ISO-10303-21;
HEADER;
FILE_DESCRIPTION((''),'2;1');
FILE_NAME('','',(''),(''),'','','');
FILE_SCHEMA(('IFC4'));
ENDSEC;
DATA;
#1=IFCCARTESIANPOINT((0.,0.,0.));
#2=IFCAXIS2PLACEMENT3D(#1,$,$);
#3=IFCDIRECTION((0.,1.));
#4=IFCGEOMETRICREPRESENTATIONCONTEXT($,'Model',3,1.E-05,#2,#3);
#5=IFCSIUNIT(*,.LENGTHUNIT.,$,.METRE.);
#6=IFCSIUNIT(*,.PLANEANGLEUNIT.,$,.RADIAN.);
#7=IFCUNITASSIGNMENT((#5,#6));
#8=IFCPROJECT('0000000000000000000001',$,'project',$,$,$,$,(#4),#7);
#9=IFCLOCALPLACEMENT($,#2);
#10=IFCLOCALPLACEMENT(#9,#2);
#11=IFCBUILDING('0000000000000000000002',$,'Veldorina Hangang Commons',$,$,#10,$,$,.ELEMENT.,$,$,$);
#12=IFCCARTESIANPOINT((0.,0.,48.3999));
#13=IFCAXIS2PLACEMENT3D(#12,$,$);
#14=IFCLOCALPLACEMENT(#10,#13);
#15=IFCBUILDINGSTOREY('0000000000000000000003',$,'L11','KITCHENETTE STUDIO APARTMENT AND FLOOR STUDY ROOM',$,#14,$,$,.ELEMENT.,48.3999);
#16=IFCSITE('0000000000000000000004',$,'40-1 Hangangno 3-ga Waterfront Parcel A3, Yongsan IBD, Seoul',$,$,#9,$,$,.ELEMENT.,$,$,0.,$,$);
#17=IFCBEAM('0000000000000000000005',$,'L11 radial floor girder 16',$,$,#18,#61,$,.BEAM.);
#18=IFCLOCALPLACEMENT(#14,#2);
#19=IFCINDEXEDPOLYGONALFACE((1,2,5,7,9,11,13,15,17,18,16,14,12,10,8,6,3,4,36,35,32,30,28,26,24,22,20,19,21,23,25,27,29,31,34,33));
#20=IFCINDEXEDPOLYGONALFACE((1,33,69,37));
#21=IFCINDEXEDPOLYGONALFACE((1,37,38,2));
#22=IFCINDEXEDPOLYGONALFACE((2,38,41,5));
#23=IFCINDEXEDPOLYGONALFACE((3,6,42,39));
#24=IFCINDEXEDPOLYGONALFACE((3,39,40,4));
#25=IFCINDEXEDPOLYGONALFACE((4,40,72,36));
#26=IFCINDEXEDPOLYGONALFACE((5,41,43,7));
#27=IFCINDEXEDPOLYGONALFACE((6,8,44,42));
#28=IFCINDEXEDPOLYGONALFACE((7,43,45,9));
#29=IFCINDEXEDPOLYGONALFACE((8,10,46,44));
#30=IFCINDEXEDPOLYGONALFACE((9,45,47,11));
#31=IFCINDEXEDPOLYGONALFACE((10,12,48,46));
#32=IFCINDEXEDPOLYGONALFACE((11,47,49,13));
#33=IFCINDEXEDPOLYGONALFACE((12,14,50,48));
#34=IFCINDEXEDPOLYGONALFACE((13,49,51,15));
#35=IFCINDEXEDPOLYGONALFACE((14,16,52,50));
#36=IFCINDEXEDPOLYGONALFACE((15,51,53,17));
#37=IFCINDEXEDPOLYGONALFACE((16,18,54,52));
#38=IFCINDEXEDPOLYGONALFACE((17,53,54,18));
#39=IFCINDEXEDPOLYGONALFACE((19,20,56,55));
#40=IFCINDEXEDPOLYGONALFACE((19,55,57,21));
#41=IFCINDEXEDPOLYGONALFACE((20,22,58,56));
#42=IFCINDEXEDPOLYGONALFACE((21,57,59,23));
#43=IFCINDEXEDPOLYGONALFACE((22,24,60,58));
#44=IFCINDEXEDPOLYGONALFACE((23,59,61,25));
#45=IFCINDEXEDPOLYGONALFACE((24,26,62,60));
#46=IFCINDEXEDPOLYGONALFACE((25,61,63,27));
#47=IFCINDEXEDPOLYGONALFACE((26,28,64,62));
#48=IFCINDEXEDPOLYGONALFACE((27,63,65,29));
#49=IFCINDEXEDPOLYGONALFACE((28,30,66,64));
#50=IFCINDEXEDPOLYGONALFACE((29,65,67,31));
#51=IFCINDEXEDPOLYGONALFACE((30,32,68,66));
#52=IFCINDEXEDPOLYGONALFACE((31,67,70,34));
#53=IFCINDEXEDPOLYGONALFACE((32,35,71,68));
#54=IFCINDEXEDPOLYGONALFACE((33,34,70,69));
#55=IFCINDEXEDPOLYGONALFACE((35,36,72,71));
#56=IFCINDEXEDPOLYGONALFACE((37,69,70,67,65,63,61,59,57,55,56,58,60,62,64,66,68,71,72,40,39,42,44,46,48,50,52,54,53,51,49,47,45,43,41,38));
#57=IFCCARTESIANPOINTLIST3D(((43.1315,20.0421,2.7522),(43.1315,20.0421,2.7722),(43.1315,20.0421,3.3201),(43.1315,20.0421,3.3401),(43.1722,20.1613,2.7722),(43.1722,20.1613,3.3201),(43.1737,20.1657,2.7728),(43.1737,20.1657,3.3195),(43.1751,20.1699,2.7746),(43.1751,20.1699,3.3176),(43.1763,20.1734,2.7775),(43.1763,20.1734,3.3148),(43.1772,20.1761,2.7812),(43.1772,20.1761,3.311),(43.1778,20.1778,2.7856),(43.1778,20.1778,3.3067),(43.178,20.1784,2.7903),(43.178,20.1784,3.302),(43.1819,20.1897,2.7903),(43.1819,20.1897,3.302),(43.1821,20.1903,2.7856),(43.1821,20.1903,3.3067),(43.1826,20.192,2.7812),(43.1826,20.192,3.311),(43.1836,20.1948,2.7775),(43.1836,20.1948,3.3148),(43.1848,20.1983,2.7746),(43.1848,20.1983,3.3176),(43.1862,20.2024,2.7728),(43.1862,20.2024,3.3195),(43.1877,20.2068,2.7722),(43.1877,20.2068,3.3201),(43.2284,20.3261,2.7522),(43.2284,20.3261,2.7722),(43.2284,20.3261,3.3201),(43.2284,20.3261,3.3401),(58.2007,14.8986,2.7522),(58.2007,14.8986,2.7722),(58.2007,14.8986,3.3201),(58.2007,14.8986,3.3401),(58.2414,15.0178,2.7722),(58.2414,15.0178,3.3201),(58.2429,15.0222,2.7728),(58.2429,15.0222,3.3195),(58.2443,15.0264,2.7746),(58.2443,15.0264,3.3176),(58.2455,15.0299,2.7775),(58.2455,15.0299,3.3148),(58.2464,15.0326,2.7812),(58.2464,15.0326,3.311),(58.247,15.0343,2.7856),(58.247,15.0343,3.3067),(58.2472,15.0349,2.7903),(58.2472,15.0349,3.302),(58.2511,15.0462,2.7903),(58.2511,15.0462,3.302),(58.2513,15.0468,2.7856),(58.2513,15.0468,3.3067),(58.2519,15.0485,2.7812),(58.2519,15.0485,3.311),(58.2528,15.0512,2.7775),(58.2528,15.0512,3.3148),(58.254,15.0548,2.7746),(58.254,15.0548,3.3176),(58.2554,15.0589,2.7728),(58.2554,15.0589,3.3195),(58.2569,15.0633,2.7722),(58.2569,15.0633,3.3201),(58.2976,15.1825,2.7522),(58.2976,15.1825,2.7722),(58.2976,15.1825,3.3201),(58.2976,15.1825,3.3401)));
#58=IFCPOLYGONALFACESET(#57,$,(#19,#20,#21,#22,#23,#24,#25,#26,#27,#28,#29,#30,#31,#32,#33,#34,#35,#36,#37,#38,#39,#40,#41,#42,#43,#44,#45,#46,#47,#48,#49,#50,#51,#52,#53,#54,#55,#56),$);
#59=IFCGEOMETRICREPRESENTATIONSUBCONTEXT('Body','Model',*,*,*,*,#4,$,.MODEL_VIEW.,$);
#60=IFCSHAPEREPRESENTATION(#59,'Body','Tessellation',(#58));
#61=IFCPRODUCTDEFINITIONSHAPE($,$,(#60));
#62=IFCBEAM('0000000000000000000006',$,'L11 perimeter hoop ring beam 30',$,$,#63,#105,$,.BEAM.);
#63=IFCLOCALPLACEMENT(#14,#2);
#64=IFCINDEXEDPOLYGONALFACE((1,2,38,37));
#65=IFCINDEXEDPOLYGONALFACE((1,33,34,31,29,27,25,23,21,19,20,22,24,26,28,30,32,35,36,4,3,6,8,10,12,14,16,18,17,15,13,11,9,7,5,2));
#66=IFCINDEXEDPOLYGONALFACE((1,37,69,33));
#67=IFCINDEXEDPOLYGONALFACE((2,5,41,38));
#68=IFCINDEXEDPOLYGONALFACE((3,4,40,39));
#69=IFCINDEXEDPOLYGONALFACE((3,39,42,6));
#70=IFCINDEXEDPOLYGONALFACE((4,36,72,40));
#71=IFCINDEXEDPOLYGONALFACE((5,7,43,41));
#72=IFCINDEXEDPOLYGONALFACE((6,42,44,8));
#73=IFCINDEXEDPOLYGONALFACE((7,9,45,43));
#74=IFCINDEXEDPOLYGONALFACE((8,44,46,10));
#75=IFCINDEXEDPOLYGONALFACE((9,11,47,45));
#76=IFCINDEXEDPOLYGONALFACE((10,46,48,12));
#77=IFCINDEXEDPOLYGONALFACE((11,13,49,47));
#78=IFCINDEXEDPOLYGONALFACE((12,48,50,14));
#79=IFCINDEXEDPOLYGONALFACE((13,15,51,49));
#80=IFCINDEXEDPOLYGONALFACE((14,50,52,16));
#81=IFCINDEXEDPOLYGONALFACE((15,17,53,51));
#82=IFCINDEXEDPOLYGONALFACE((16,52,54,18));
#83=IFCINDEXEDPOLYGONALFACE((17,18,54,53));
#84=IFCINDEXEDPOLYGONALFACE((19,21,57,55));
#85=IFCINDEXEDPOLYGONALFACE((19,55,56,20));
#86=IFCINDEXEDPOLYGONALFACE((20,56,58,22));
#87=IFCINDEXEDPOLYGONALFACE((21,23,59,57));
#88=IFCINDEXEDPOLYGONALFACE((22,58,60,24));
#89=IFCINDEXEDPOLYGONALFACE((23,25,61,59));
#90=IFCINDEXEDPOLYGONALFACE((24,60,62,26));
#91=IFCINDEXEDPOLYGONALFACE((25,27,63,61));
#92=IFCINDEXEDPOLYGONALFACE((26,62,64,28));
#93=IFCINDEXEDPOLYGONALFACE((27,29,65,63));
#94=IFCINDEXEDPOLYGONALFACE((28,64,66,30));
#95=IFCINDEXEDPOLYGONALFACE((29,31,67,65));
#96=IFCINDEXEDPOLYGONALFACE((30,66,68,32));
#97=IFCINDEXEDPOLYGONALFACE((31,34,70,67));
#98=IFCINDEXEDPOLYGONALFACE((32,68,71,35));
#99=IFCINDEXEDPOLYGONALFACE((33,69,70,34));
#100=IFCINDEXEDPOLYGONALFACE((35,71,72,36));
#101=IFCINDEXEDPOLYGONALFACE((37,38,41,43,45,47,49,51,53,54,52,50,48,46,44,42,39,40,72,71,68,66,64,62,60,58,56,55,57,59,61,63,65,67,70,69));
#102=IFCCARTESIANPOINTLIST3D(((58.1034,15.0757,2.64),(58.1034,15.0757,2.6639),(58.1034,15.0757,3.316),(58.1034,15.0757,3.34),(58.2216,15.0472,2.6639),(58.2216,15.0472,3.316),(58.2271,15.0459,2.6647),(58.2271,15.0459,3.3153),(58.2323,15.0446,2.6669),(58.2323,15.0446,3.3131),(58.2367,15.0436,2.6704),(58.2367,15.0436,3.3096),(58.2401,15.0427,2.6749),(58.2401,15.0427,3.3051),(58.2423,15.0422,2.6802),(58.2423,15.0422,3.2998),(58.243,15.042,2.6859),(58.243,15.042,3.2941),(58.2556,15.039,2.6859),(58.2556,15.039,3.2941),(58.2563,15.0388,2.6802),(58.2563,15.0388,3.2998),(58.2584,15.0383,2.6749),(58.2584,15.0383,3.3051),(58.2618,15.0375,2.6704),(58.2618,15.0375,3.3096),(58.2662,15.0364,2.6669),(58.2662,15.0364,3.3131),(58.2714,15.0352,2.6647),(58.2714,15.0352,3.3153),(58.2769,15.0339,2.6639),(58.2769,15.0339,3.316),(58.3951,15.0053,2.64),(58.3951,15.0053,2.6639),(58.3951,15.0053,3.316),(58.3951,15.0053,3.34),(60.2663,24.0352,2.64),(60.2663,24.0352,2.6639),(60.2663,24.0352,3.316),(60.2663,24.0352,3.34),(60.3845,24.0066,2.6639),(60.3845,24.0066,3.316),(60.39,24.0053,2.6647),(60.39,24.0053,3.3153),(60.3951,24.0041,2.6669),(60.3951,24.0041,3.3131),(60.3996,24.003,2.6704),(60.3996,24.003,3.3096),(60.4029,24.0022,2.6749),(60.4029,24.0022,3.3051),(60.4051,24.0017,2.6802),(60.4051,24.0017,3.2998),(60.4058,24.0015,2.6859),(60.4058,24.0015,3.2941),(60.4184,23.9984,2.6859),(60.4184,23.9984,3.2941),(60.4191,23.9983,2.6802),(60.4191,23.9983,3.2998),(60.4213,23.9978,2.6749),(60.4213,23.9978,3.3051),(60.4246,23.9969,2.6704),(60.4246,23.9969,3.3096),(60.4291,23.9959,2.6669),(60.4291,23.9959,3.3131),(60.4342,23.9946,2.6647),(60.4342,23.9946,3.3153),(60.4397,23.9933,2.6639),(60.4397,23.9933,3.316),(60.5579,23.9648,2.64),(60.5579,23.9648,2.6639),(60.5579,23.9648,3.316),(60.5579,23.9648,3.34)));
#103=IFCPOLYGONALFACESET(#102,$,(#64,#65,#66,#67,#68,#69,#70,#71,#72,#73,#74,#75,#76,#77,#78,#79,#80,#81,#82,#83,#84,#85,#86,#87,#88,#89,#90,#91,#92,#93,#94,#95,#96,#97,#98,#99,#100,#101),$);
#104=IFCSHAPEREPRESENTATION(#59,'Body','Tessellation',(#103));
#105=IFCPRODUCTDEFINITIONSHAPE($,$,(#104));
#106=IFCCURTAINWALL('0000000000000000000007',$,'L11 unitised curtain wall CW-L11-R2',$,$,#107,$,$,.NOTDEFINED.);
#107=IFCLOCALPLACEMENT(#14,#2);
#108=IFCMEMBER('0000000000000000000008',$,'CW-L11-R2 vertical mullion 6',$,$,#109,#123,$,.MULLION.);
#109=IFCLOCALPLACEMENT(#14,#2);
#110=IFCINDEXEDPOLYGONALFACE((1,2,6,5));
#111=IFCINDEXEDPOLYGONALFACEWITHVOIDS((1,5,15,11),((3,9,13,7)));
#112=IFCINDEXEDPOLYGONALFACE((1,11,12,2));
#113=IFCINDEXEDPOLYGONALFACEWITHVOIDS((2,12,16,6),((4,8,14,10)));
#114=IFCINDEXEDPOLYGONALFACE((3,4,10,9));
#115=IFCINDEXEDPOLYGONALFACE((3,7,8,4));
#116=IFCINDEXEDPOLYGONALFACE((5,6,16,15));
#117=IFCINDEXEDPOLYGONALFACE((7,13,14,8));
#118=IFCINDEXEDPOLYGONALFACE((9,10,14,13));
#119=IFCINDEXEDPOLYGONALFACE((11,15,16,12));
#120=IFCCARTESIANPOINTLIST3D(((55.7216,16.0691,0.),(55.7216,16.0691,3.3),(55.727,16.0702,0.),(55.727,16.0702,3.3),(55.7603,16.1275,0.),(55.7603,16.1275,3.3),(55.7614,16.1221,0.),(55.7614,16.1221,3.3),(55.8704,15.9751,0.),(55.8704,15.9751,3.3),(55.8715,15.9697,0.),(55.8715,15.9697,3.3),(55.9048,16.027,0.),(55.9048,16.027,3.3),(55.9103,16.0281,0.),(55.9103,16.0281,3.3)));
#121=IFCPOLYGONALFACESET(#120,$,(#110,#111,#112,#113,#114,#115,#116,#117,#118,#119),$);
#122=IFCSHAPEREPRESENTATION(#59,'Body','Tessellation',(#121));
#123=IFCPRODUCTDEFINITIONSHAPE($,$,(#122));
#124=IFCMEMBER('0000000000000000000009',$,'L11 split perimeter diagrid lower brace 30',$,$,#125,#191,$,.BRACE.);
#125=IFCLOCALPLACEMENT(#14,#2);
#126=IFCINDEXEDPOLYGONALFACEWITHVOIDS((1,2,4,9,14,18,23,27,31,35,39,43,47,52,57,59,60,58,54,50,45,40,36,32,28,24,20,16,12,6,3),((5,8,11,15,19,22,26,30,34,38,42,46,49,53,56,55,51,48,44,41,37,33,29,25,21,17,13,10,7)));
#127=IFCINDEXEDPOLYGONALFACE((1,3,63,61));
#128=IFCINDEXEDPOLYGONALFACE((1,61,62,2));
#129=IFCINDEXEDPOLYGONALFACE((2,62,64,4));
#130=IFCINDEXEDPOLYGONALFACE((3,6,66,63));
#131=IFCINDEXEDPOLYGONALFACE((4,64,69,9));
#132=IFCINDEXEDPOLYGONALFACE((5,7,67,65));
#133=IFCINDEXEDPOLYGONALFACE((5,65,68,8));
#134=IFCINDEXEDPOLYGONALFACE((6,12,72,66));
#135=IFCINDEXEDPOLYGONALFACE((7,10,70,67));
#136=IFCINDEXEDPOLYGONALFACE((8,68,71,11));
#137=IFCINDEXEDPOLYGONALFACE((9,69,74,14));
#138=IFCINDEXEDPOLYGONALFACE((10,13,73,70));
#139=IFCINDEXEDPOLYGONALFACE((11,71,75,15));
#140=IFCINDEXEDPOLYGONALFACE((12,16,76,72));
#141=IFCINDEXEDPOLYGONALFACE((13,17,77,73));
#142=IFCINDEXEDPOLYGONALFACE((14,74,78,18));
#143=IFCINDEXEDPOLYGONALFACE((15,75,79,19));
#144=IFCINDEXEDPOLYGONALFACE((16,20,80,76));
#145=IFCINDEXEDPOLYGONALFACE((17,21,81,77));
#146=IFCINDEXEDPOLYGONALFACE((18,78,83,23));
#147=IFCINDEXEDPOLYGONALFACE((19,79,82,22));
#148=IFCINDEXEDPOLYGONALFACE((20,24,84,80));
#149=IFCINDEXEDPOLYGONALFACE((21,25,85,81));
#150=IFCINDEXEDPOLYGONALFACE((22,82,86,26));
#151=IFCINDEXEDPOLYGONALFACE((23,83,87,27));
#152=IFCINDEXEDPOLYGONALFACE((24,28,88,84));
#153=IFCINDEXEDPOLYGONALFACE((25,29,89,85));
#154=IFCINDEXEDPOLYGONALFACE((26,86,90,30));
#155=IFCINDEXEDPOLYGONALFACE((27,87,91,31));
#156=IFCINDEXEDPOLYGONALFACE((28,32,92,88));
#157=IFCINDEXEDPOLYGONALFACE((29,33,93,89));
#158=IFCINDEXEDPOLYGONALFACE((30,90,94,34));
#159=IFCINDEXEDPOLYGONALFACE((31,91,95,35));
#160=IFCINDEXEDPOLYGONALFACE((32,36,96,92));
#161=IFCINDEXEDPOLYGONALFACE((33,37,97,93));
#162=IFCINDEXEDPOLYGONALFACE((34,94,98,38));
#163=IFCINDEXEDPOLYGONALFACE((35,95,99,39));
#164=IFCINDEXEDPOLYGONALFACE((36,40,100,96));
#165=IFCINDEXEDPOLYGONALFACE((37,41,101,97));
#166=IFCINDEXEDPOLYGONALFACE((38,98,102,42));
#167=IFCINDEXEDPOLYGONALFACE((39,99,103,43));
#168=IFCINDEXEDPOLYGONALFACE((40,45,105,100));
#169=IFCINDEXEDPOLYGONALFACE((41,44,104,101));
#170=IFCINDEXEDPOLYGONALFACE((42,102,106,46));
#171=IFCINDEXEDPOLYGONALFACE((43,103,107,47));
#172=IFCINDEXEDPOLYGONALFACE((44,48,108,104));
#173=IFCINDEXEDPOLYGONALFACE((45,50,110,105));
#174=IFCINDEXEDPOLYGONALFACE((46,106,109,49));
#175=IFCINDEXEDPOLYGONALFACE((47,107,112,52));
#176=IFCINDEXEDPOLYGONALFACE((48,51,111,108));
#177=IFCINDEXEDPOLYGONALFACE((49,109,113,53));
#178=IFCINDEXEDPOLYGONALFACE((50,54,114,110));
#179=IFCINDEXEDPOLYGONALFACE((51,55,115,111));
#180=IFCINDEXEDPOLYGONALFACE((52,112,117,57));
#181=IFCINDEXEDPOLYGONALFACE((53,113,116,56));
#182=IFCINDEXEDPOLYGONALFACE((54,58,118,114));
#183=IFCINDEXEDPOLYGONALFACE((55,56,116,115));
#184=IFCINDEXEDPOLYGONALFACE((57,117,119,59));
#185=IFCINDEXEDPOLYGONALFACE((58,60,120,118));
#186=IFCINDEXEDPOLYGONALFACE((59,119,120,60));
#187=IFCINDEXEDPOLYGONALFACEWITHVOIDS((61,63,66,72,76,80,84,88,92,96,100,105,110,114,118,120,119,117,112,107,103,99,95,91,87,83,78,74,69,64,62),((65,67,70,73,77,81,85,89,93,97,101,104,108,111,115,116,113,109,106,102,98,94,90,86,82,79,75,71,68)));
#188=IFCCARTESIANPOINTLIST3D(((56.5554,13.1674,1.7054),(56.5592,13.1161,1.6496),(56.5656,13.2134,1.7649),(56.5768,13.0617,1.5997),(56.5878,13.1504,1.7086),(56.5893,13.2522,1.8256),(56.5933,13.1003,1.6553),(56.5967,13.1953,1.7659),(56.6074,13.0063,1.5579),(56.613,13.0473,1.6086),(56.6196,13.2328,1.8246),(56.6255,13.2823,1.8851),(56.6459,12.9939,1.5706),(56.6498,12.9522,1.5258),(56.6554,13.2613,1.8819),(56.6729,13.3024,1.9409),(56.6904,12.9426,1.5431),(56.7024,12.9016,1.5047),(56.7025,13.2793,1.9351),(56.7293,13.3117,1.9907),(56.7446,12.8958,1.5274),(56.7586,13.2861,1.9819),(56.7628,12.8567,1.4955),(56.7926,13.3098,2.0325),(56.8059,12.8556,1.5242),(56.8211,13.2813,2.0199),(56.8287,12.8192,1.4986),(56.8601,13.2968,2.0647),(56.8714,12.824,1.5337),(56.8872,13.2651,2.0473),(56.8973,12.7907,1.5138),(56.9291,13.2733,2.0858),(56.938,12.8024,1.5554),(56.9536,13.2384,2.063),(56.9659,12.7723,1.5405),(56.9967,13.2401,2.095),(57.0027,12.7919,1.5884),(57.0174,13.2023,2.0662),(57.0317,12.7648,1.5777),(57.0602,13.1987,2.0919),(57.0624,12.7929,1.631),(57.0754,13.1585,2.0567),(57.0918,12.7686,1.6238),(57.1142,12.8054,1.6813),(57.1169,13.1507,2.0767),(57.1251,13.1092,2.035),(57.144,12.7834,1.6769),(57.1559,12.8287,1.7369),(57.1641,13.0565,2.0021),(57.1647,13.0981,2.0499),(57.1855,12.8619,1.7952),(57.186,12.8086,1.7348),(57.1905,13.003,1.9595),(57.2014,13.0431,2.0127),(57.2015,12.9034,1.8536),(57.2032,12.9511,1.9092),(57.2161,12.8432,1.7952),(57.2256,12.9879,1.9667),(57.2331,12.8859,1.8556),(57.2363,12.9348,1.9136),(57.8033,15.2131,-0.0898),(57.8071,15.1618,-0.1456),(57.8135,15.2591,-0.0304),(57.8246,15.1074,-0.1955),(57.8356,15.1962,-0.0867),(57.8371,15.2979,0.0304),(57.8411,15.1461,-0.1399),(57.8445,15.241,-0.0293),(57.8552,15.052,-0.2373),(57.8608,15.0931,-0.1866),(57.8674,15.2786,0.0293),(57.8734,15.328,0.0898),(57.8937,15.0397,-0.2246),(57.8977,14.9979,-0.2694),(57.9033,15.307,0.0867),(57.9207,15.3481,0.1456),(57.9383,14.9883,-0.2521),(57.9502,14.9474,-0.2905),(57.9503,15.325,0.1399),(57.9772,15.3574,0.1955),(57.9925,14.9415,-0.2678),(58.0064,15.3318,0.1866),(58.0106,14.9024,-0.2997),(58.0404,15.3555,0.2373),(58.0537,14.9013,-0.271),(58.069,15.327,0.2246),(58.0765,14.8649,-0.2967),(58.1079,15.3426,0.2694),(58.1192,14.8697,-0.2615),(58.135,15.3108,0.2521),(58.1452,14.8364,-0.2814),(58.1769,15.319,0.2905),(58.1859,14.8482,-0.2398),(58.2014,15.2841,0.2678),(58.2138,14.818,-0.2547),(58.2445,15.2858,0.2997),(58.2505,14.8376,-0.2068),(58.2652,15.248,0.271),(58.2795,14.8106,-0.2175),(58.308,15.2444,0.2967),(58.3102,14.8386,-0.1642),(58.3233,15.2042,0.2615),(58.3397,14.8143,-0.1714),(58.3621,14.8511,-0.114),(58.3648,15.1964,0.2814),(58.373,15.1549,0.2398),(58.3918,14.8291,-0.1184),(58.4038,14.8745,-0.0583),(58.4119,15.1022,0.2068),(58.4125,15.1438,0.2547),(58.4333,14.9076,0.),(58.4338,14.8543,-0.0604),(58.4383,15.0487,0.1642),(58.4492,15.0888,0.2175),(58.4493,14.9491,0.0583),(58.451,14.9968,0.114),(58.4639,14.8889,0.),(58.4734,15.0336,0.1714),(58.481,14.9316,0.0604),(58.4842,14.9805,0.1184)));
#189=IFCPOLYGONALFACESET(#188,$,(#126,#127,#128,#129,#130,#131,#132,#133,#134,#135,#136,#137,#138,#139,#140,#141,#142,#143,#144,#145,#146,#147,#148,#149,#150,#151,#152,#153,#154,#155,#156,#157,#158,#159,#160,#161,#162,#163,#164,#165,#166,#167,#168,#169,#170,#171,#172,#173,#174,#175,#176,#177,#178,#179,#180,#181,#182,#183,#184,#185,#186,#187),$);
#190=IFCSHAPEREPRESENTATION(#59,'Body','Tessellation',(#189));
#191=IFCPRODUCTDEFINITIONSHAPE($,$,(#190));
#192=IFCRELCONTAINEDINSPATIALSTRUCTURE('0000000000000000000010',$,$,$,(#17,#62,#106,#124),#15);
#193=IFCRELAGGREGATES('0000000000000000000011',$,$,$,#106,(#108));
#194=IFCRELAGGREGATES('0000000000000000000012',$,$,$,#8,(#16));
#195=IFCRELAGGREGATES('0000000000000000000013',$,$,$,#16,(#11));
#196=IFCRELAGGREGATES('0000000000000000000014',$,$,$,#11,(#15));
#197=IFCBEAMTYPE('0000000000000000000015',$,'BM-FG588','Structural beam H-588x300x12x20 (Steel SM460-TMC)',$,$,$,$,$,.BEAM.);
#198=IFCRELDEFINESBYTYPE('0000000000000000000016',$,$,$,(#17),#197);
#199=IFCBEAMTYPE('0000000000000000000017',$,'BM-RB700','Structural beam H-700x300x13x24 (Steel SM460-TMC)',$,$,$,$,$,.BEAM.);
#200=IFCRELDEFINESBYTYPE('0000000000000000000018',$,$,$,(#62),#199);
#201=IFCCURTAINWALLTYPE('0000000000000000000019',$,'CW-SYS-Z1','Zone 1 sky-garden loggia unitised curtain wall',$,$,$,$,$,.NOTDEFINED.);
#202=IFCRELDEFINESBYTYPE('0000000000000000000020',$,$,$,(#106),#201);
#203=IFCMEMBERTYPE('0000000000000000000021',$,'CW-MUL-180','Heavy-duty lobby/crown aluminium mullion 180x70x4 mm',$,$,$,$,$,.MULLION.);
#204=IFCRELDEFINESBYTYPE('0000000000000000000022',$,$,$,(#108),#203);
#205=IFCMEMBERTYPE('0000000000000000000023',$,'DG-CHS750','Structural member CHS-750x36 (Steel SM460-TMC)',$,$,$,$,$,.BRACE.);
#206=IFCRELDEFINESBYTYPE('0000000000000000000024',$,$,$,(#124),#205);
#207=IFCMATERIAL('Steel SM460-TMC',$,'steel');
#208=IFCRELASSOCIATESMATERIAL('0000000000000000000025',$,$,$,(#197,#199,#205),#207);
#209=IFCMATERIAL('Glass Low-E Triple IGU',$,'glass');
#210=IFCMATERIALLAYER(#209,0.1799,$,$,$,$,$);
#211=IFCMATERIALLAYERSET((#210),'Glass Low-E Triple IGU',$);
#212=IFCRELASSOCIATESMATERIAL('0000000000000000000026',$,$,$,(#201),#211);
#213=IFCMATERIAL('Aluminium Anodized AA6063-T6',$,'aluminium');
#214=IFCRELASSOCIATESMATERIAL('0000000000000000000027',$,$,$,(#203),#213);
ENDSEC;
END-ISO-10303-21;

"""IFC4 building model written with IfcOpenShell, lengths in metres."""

from ifc_helpers import new_model, si_unit, direction, frame, origin, origin_2d, place, context, subcontext, project, spatial, hollow_rectangle, hollow_circle, i_section, extrude, material, layer, layer_set, material_profile, profile_set, type_object, element, aggregate, save


model = new_model("IFC4")

# Units and contexts
model_context = context("Model", 3, precision=1e-05, world=origin(), true_north=direction((0.0, 1.0)))
body_context = subcontext(model_context, "Body", "Model", "MODEL_VIEW")
ifc_project = project(units=[si_unit("LENGTHUNIT", "METRE"), si_unit("PLANEANGLEUNIT", "RADIAN")], contexts=[model_context])

# Site, building, storey
site_placement = place(None, origin())
site = spatial("IfcSite", under=ifc_project, at=site_placement, Name="40-1 Hangangno 3-ga Waterfront Parcel A3, Yongsan IBD, Seoul", CompositionType="ELEMENT", RefElevation=0.0)
building_placement = place(site_placement, origin())
building = spatial("IfcBuilding", under=site, at=building_placement, Name="Veldorina Hangang Commons", CompositionType="ELEMENT")
storey_placement = place(building_placement, frame((0.0, 0.0, 48.3999)))
storey = spatial("IfcBuildingStorey", under=building, at=storey_placement, Name="L11", Description="KITCHENETTE STUDIO APARTMENT AND FLOOR STUDY ROOM", CompositionType="ELEMENT", Elevation=48.3999)

# Beams
ifc_material_1 = material(Name="Steel SM460-TMC", Category="steel")
ifc_material_profile_1 = material_profile(ifc_material_1, i_section(OverallWidth=0.3, OverallDepth=0.5879, WebThickness=0.012, FlangeThickness=0.02, FilletRadius=0.0181, at=origin_2d()), Name="H-588x300x12x20")
ifc_profile_set_1 = profile_set([ifc_material_profile_1], Name="Steel SM460-TMC")
beam_type_1 = type_object("IfcBeamType", Name="BM-FG588", Description="Structural beam H-588x300x12x20 (Steel SM460-TMC)", PredefinedType="BEAM", material=ifc_profile_set_1)
beam_1_placement = place(storey_placement, frame((43.1799, 20.1841, 3.0461), z_axis=(0.94639, -0.323027, 0.0), x_axis=(0.323027, 0.94639, 0.0)))
element("IfcBeam", 1, at=beam_1_placement, inside=storey, type_object=beam_type_1, Name="L11 radial floor girder 16", PredefinedType="BEAM", context=body_context, shape_type="SweptSolid", body=[
    extrude(i_section(OverallWidth=0.3, OverallDepth=0.5879, WebThickness=0.012, FlangeThickness=0.02, FilletRadius=0.0181, at=origin_2d()), origin(), (0.0, 0.0, 1.0), 15.9229),
])
ifc_material_profile_2 = material_profile(ifc_material_1, i_section(OverallWidth=0.3, OverallDepth=0.7, WebThickness=0.0129, FlangeThickness=0.0239, FilletRadius=0.022, at=origin_2d()), Name="H-700x300x13x24")
ifc_profile_set_2 = profile_set([ifc_material_profile_2], Name="Steel SM460-TMC")
beam_type_2 = type_object("IfcBeamType", Name="BM-RB700", Description="Structural beam H-700x300x13x24 (Steel SM460-TMC)", PredefinedType="BEAM", material=ifc_profile_set_2)
beam_2_placement = place(storey_placement, frame((58.2493, 15.0405, 2.99), z_axis=(0.234662, 0.972077, 0.0), x_axis=(-0.972077, 0.234662, 0.0)))
element("IfcBeam", 2, at=beam_2_placement, inside=storey, type_object=beam_type_2, Name="L11 perimeter hoop ring beam 30", PredefinedType="BEAM", context=body_context, shape_type="SweptSolid", body=[
    extrude(i_section(OverallWidth=0.3, OverallDepth=0.7, WebThickness=0.0129, FlangeThickness=0.0239, FilletRadius=0.022, at=origin_2d()), origin(), (0.0, 0.0, 1.0), 9.2168),
])

# Curtain wall, member
ifc_material_2 = material(Name="Glass Low-E Triple IGU", Category="glass")
ifc_layer_1 = layer(ifc_material_2, 0.1799)
ifc_layer_set_1 = layer_set([ifc_layer_1], Name="Glass Low-E Triple IGU")
curtain_wall_type = type_object("IfcCurtainWallType", Name="CW-SYS-Z1", Description="Zone 1 sky-garden loggia unitised curtain wall", PredefinedType="NOTDEFINED", material=ifc_layer_set_1)
curtain_wall_placement = place(storey_placement, origin())
curtain_wall = element("IfcCurtainWall", 3, at=curtain_wall_placement, inside=storey, type_object=curtain_wall_type, Name="L11 unitised curtain wall CW-L11-R2", PredefinedType="NOTDEFINED")
ifc_material_3 = material(Name="Aluminium Anodized AA6063-T6", Category="aluminium")
ifc_material_profile_3 = material_profile(ifc_material_3, hollow_rectangle(XDim=0.0701, YDim=0.1799, WallThickness=0.0039, at=origin_2d()), Name="ALU-RHS-180x70x4")
ifc_profile_set_3 = profile_set([ifc_material_profile_3], Name="Aluminium Anodized AA6063-T6")
member_type_1 = type_object("IfcMemberType", Name="CW-MUL-180", Description="Heavy-duty lobby/crown aluminium mullion 180x70x4 mm", PredefinedType="MULLION", material=ifc_profile_set_3)
member_1_placement = place(storey_placement, frame((55.8159, 16.0486, 0.0), z_axis=(0.0, 0.0, 1.0), x_axis=(-0.552679, -0.833394, 0.0)))
member_1 = element("IfcMember", 4, at=member_1_placement, type_object=member_type_1, Name="CW-L11-R2 vertical mullion 6", PredefinedType="MULLION", context=body_context, shape_type="SweptSolid", body=[
    extrude(hollow_rectangle(XDim=0.0701, YDim=0.1799, WallThickness=0.0039, at=origin_2d()), origin(), (0.0, 0.0, 1.0), 3.3),
])

# Member
ifc_material_profile_4 = material_profile(ifc_material_1, hollow_circle(Radius=0.375, WallThickness=0.0359, at=origin_2d()), Name="CHS-750x36")
ifc_profile_set_4 = profile_set([ifc_material_profile_4], Name="Steel SM460-TMC")
member_type_2 = type_object("IfcMemberType", Name="DG-CHS750", Description="Structural member CHS-750x36 (Steel SM460-TMC)", PredefinedType="BRACE", material=ifc_profile_set_4)
member_2_placement = place(storey_placement, frame((58.1438, 15.0842, 0.0), z_axis=(-0.416761, -0.68324, 0.599578), x_axis=(0.853712, -0.520745, 0.0)))
element("IfcMember", 5, at=member_2_placement, inside=storey, type_object=member_type_2, Name="L11 split perimeter diagrid lower brace 30", PredefinedType="BRACE", context=body_context, shape_type="SweptSolid", body=[
    extrude(hollow_circle(Radius=0.375, WallThickness=0.0359, at=origin_2d()), origin(), (0.0, 0.0, 1.0), 2.9941),
])

aggregate(curtain_wall, [member_1])

save(model, "model.ifc")
